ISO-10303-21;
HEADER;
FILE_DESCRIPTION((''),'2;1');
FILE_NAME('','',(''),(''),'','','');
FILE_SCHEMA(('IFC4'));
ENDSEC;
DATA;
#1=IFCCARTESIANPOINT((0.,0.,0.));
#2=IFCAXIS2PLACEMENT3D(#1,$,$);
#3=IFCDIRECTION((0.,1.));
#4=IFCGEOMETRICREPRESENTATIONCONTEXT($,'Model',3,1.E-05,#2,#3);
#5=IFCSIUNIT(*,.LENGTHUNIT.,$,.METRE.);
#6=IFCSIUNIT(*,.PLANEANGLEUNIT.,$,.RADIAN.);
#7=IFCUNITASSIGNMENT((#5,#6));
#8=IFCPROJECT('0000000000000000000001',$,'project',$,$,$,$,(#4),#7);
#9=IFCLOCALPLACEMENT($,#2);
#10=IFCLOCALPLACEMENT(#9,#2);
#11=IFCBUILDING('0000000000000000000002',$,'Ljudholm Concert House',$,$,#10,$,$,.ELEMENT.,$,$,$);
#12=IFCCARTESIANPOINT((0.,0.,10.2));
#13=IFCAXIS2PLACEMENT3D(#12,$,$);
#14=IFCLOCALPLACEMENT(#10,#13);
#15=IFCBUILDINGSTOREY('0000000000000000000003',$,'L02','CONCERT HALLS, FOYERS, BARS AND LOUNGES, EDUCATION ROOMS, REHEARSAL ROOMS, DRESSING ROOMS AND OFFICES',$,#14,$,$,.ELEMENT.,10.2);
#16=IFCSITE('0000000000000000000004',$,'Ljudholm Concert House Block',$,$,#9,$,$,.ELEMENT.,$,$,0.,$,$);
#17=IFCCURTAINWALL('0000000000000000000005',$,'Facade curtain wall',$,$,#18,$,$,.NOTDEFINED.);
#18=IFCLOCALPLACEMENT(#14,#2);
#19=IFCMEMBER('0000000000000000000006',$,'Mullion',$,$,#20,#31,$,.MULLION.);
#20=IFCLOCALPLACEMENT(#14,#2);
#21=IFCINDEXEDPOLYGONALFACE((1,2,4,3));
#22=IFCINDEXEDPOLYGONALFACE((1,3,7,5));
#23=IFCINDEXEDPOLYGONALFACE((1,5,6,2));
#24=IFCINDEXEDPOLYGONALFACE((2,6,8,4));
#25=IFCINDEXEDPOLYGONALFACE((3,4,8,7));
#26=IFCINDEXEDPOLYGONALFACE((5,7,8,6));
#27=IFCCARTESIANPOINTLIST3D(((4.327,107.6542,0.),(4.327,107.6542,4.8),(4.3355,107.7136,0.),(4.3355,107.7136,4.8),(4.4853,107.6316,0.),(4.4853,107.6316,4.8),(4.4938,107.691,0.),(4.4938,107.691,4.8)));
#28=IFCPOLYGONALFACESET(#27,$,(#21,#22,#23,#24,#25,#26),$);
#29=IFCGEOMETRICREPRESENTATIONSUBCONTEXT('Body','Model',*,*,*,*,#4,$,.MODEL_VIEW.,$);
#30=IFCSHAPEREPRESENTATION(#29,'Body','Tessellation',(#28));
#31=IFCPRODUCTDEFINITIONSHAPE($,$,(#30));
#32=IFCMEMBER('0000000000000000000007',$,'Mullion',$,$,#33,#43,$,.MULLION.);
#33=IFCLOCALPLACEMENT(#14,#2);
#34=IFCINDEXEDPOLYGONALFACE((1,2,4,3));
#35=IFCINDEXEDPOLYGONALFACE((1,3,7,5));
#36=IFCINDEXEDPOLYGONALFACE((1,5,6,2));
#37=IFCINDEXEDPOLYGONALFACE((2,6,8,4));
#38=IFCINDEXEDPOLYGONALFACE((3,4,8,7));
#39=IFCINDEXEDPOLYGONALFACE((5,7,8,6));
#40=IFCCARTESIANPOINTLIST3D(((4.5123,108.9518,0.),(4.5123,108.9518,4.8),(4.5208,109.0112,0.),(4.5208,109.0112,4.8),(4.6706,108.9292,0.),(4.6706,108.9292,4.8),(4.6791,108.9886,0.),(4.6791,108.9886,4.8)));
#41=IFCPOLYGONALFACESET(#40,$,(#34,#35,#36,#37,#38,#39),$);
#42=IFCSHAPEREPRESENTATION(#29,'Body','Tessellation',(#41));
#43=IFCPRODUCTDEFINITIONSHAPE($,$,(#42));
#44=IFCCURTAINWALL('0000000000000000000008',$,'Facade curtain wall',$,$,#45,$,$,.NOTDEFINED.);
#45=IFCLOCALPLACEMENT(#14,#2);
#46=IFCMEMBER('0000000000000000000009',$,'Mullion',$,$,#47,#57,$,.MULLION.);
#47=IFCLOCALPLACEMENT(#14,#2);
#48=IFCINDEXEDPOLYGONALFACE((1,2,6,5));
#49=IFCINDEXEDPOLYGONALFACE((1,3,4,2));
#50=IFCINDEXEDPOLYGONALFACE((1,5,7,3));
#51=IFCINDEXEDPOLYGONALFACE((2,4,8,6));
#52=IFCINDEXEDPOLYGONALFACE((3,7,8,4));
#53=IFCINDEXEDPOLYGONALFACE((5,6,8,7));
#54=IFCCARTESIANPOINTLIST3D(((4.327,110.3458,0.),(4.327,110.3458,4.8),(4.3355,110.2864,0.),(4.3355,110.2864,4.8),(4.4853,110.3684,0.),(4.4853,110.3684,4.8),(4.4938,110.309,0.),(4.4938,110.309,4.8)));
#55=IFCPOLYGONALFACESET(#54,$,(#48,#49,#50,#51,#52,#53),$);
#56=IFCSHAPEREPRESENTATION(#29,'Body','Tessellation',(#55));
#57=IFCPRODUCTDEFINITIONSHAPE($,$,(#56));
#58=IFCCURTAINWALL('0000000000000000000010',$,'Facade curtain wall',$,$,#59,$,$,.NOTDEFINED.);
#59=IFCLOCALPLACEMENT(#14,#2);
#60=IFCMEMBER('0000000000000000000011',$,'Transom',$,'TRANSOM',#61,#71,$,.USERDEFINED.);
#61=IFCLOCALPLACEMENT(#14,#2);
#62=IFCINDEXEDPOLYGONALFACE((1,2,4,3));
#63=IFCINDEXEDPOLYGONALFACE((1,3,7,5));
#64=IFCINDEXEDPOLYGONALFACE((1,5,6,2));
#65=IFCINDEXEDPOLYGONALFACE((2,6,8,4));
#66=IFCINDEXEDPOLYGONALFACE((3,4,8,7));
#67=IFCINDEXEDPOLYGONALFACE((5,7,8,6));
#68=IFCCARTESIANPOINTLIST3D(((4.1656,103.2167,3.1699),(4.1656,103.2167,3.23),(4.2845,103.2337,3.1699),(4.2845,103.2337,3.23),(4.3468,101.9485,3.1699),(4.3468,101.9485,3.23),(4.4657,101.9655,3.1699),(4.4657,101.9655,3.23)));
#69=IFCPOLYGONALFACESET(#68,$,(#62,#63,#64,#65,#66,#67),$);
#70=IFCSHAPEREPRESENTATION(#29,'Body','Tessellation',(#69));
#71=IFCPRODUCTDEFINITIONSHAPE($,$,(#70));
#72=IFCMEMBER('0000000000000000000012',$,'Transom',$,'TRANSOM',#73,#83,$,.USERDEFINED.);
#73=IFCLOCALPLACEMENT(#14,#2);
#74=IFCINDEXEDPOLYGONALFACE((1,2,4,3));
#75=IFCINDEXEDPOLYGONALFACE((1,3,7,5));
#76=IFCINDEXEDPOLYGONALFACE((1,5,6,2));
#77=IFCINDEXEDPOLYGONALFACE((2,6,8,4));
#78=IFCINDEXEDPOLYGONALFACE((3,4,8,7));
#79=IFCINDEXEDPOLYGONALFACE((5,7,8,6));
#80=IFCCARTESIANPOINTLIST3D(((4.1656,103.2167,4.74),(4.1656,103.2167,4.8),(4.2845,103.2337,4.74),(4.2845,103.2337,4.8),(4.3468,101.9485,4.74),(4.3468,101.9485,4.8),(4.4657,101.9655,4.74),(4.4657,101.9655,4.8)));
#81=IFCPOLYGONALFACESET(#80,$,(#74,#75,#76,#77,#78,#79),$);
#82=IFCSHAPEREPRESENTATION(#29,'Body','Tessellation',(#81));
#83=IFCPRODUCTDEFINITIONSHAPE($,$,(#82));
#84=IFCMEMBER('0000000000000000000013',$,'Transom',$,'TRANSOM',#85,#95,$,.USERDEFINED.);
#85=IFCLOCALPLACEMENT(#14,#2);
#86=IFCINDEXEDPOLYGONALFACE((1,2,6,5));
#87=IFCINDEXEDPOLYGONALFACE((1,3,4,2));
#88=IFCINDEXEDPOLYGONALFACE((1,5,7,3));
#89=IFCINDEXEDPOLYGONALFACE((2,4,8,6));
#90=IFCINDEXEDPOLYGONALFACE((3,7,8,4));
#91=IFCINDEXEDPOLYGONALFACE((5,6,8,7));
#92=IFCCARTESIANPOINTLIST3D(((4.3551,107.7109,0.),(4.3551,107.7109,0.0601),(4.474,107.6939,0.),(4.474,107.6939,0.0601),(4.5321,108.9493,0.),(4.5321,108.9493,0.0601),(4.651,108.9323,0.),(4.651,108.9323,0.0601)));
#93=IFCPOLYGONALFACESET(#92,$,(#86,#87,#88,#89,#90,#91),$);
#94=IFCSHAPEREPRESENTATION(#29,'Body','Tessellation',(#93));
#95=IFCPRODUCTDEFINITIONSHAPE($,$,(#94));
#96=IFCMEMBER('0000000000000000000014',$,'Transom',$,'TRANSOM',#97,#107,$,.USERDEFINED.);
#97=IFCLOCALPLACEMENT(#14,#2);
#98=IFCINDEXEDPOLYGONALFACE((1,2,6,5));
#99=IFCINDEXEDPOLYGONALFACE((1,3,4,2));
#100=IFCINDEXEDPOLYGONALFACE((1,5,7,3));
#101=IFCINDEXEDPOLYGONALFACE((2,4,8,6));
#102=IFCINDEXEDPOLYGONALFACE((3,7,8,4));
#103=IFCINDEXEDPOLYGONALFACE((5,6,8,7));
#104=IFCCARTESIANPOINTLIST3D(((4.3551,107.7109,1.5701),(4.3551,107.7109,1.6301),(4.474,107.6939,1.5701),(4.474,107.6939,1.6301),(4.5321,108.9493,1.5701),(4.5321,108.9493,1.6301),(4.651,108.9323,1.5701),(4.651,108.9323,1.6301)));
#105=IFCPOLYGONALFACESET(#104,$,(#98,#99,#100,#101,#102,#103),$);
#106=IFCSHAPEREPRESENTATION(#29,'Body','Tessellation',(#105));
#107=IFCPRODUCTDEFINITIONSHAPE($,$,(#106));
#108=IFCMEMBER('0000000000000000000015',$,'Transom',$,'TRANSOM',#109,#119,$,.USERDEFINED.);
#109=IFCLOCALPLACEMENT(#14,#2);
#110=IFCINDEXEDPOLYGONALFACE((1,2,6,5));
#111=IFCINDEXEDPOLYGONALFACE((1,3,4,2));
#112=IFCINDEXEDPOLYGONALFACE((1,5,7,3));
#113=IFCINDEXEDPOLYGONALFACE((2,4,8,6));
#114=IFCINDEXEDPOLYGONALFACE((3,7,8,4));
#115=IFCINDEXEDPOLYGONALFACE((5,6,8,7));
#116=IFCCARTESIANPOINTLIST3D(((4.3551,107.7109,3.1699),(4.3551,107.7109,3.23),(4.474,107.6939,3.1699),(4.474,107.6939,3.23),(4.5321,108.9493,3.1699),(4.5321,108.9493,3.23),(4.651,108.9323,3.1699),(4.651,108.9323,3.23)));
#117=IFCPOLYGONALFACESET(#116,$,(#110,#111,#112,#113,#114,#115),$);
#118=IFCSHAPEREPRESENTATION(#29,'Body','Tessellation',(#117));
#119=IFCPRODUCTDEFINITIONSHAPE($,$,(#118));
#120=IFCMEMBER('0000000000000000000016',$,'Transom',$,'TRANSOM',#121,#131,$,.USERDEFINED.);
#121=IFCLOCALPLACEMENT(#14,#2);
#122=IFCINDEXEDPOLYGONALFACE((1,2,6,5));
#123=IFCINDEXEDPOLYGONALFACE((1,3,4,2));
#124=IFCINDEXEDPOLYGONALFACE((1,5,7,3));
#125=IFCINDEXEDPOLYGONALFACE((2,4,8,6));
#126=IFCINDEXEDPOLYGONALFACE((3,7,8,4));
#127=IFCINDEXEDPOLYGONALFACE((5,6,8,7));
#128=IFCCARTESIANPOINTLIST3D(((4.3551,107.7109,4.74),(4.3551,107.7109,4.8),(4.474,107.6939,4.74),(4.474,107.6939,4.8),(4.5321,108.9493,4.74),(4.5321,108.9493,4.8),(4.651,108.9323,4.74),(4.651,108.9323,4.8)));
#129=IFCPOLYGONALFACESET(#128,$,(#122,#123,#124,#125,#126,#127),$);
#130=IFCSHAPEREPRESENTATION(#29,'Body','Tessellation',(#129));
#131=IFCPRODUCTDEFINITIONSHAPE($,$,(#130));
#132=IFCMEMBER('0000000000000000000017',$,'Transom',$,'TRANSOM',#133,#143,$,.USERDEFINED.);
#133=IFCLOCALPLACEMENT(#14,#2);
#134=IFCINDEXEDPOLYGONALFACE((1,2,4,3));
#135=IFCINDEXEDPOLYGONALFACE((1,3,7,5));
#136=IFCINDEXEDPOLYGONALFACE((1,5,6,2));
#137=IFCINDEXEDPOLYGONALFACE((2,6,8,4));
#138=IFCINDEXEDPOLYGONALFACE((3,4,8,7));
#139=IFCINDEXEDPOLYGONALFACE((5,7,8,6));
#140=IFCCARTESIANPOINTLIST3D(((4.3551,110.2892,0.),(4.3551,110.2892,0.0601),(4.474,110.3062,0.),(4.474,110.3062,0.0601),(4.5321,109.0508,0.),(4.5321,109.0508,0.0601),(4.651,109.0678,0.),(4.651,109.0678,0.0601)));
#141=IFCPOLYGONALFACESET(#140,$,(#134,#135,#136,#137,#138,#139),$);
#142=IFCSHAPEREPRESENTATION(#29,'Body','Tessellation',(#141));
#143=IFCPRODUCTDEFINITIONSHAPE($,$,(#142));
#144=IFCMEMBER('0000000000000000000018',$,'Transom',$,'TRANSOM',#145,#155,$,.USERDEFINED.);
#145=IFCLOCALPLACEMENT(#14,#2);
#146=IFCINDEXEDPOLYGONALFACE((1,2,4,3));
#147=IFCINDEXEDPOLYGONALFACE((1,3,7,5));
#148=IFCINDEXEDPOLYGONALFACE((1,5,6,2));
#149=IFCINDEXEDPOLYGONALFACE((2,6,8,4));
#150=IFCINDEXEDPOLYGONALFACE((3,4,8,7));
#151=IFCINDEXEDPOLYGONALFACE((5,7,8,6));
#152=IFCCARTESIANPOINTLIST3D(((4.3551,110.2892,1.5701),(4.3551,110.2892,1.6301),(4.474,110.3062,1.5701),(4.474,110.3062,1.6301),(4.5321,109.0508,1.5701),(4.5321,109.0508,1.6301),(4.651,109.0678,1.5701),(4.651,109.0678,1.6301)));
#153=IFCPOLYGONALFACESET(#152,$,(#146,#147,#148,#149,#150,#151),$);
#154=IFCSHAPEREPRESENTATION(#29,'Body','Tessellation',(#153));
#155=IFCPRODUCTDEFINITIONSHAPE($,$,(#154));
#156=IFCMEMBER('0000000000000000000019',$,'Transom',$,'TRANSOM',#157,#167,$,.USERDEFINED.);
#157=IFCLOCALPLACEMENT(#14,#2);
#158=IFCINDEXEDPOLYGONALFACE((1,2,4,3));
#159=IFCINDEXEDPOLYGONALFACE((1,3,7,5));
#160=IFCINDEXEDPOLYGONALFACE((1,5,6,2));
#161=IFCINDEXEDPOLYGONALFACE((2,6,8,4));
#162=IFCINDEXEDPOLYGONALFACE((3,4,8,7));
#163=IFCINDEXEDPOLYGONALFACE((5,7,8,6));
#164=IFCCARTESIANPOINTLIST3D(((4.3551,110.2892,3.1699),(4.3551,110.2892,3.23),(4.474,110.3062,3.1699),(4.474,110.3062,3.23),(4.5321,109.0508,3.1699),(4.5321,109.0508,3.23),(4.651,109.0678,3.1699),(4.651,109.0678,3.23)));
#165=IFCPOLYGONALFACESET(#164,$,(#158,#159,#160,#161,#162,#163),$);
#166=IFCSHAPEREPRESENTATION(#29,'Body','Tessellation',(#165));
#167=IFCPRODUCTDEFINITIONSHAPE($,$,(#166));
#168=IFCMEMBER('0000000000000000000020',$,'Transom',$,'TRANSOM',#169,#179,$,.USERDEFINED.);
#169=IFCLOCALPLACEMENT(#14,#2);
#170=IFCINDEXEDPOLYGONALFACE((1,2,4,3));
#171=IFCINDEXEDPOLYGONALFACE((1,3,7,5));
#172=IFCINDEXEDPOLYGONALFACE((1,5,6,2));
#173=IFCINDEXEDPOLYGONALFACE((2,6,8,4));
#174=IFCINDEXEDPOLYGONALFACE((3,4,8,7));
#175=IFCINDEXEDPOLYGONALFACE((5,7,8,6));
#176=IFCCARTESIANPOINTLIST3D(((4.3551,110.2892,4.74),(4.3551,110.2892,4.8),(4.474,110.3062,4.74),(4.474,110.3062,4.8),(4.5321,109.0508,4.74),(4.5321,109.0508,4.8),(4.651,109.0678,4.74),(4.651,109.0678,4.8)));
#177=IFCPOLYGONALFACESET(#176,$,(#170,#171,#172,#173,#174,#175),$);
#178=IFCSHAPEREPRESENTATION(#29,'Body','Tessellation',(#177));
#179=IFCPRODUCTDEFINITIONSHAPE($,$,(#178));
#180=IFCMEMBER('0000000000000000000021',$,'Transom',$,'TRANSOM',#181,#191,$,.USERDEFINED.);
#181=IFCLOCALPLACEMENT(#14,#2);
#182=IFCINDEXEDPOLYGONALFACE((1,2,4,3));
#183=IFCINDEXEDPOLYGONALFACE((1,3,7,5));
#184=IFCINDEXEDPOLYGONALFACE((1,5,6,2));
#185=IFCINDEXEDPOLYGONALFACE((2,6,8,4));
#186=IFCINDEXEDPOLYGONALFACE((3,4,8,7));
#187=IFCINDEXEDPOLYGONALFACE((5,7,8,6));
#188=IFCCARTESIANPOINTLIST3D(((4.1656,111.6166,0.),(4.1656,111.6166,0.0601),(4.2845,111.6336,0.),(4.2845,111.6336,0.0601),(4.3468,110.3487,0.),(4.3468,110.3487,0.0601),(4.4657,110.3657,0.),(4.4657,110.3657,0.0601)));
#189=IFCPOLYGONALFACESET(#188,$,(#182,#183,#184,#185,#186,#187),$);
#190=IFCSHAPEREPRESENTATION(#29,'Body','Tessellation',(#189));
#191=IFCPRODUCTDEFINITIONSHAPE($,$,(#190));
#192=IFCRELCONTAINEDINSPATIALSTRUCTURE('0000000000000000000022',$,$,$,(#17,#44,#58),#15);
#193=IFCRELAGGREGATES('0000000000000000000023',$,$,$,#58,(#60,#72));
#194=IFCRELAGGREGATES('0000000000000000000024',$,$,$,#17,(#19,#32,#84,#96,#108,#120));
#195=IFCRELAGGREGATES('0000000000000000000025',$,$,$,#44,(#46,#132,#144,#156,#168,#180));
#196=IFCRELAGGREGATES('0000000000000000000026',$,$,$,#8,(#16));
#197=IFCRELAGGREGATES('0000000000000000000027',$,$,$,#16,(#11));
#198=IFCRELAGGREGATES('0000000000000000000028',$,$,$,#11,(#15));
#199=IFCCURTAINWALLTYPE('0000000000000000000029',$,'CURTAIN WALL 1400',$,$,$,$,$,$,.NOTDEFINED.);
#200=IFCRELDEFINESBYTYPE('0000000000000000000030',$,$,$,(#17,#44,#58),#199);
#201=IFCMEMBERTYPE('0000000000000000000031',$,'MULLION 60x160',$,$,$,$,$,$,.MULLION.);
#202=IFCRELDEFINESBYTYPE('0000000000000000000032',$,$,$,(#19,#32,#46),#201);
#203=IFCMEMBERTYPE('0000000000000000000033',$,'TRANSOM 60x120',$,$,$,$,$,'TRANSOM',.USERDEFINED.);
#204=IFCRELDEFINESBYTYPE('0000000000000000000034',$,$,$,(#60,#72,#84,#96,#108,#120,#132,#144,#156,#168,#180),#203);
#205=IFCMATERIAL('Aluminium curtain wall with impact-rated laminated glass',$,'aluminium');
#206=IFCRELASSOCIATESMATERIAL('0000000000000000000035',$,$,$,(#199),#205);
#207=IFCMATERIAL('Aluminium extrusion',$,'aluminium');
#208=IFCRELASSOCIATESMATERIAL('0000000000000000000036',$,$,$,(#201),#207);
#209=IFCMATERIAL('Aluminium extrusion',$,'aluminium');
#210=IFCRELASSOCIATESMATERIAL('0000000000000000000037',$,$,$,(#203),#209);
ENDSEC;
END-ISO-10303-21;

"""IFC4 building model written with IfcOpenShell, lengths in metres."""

from ifc_helpers import new_model, si_unit, direction, frame, origin, origin_2d, place, context, subcontext, project, spatial, rectangle, extrude, material, material_profile, profile_set, type_object, element, aggregate, save


model = new_model("IFC4")

# Units and contexts
model_context = context("Model", 3, precision=1e-05, world=origin(), true_north=direction((0.0, 1.0)))
body_context = subcontext(model_context, "Body", "Model", "MODEL_VIEW")
ifc_project = project(units=[si_unit("LENGTHUNIT", "METRE"), si_unit("PLANEANGLEUNIT", "RADIAN")], contexts=[model_context])

# Site, building, storey
site_placement = place(None, origin())
site = spatial("IfcSite", under=ifc_project, at=site_placement, Name="Ljudholm Concert House Block", CompositionType="ELEMENT", RefElevation=0.0)
building_placement = place(site_placement, origin())
building = spatial("IfcBuilding", under=site, at=building_placement, Name="Ljudholm Concert House", CompositionType="ELEMENT")
storey_placement = place(building_placement, frame((0.0, 0.0, 10.2)))
storey = spatial("IfcBuildingStorey", under=building, at=storey_placement, Name="L02", Description="CONCERT HALLS, FOYERS, BARS AND LOUNGES, EDUCATION ROOMS, REHEARSAL ROOMS, DRESSING ROOMS AND OFFICES", CompositionType="ELEMENT", Elevation=10.2)

# Curtain wall, members
ifc_material_1 = material(Name="Aluminium curtain wall with impact-rated laminated glass", Category="aluminium")
curtain_wall_type = type_object("IfcCurtainWallType", Name="CURTAIN WALL 1400", PredefinedType="NOTDEFINED", material=ifc_material_1)
curtain_wall_1_placement = place(storey_placement, origin())
curtain_wall_1 = element("IfcCurtainWall", 1, at=curtain_wall_1_placement, inside=storey, type_object=curtain_wall_type, Name="Facade curtain wall", PredefinedType="NOTDEFINED")
ifc_material_2 = material(Name="Aluminium extrusion", Category="aluminium")
ifc_material_profile_1 = material_profile(ifc_material_2, rectangle(XDim=0.1599, YDim=0.0601, at=origin_2d()), Name="MULLION 60x160")
ifc_profile_set_1 = profile_set([ifc_material_profile_1], Name="Aluminium extrusion")
member_type_1 = type_object("IfcMemberType", Name="MULLION 60x160", PredefinedType="MULLION", material=ifc_profile_set_1)
member_1_placement = place(storey_placement, frame((4.4104, 107.6726, 0.0), z_axis=(0.0, 0.0, 1.0), x_axis=(-0.989949, 0.141421, 0.0)))
member_1 = element("IfcMember", 2, at=member_1_placement, type_object=member_type_1, Name="Mullion", PredefinedType="MULLION", context=body_context, shape_type="SweptSolid", body=[
    extrude(rectangle(XDim=0.1599, YDim=0.0601, at=origin_2d()), origin(), (0.0, 0.0, 1.0), 4.8),
])
member_2_placement = place(storey_placement, frame((4.5957, 108.9702, 0.0), z_axis=(0.0, 0.0, 1.0), x_axis=(-0.989949, 0.141421, 0.0)))
member_2 = element("IfcMember", 3, at=member_2_placement, type_object=member_type_1, Name="Mullion", PredefinedType="MULLION", context=body_context, shape_type="SweptSolid", body=[
    extrude(rectangle(XDim=0.1599, YDim=0.0601, at=origin_2d()), origin(), (0.0, 0.0, 1.0), 4.8),
])

# Curtain wall, member
curtain_wall_2_placement = place(storey_placement, origin())
curtain_wall_2 = element("IfcCurtainWall", 4, at=curtain_wall_2_placement, inside=storey, type_object=curtain_wall_type, Name="Facade curtain wall", PredefinedType="NOTDEFINED")
member_3_placement = place(storey_placement, frame((4.4104, 110.3274, 0.0), z_axis=(0.0, 0.0, 1.0), x_axis=(-0.989949, -0.141421, 0.0)))
member_3 = element("IfcMember", 5, at=member_3_placement, type_object=member_type_1, Name="Mullion", PredefinedType="MULLION", context=body_context, shape_type="SweptSolid", body=[
    extrude(rectangle(XDim=0.1599, YDim=0.0601, at=origin_2d()), origin(), (0.0, 0.0, 1.0), 4.8),
])

# Curtain wall, members
curtain_wall_3_placement = place(storey_placement, origin())
curtain_wall_3 = element("IfcCurtainWall", 6, at=curtain_wall_3_placement, inside=storey, type_object=curtain_wall_type, Name="Facade curtain wall", PredefinedType="NOTDEFINED")
ifc_material_3 = material(Name="Aluminium extrusion", Category="aluminium")
ifc_material_profile_2 = material_profile(ifc_material_3, rectangle(XDim=0.1201, YDim=0.0601, at=origin_2d()), Name="TRANSOM 60x120")
ifc_profile_set_2 = profile_set([ifc_material_profile_2], Name="Aluminium extrusion")
member_type_2 = type_object("IfcMemberType", Name="TRANSOM 60x120", ElementType="TRANSOM", PredefinedType="USERDEFINED", material=ifc_profile_set_2)
member_4_placement = place(storey_placement, frame((4.4062, 101.957, 3.2), z_axis=(-0.141421, 0.989949, 0.0), x_axis=(-0.989949, -0.141421, 0.0)))
member_4 = element("IfcMember", 7, at=member_4_placement, type_object=member_type_2, Name="Transom", ObjectType="TRANSOM", PredefinedType="USERDEFINED", context=body_context, shape_type="SweptSolid", body=[
    extrude(rectangle(XDim=0.1201, YDim=0.0601, at=origin_2d()), origin(), (0.0, 0.0, 1.0), 1.281),
])
member_5_placement = place(storey_placement, frame((4.4062, 101.957, 4.77), z_axis=(-0.141421, 0.989949, 0.0), x_axis=(-0.989949, -0.141421, 0.0)))
member_5 = element("IfcMember", 8, at=member_5_placement, type_object=member_type_2, Name="Transom", ObjectType="TRANSOM", PredefinedType="USERDEFINED", context=body_context, shape_type="SweptSolid", body=[
    extrude(rectangle(XDim=0.1201, YDim=0.0601, at=origin_2d()), origin(), (0.0, 0.0, 1.0), 1.281),
])
aggregate(curtain_wall_3, [member_4, member_5])

# Members
member_6_placement = place(storey_placement, frame((4.4146, 107.7024, 0.03), z_axis=(0.141503, 0.989938, 0.0), x_axis=(-0.989938, 0.141503, 0.0)))
member_6 = element("IfcMember", 9, at=member_6_placement, type_object=member_type_2, Name="Transom", ObjectType="TRANSOM", PredefinedType="USERDEFINED", context=body_context, shape_type="SweptSolid", body=[
    extrude(rectangle(XDim=0.1201, YDim=0.0601, at=origin_2d()), origin(), (0.0, 0.0, 1.0), 1.251),
])
member_7_placement = place(storey_placement, frame((4.4146, 107.7024, 1.6001), z_axis=(0.141503, 0.989938, 0.0), x_axis=(-0.989938, 0.141503, 0.0)))
member_7 = element("IfcMember", 10, at=member_7_placement, type_object=member_type_2, Name="Transom", ObjectType="TRANSOM", PredefinedType="USERDEFINED", context=body_context, shape_type="SweptSolid", body=[
    extrude(rectangle(XDim=0.1201, YDim=0.0601, at=origin_2d()), origin(), (0.0, 0.0, 1.0), 1.251),
])
member_8_placement = place(storey_placement, frame((4.4146, 107.7024, 3.2), z_axis=(0.141503, 0.989938, 0.0), x_axis=(-0.989938, 0.141503, 0.0)))
member_8 = element("IfcMember", 11, at=member_8_placement, type_object=member_type_2, Name="Transom", ObjectType="TRANSOM", PredefinedType="USERDEFINED", context=body_context, shape_type="SweptSolid", body=[
    extrude(rectangle(XDim=0.1201, YDim=0.0601, at=origin_2d()), origin(), (0.0, 0.0, 1.0), 1.251),
])
member_9_placement = place(storey_placement, frame((4.4146, 107.7024, 4.77), z_axis=(0.141503, 0.989938, 0.0), x_axis=(-0.989938, 0.141503, 0.0)))
member_9 = element("IfcMember", 12, at=member_9_placement, type_object=member_type_2, Name="Transom", ObjectType="TRANSOM", PredefinedType="USERDEFINED", context=body_context, shape_type="SweptSolid", body=[
    extrude(rectangle(XDim=0.1201, YDim=0.0601, at=origin_2d()), origin(), (0.0, 0.0, 1.0), 1.251),
])
member_10_placement = place(storey_placement, frame((4.5916, 109.0593, 0.03), z_axis=(-0.141503, 0.989938, 0.0), x_axis=(-0.989938, -0.141503, 0.0)))
member_10 = element("IfcMember", 13, at=member_10_placement, type_object=member_type_2, Name="Transom", ObjectType="TRANSOM", PredefinedType="USERDEFINED", context=body_context, shape_type="SweptSolid", body=[
    extrude(rectangle(XDim=0.1201, YDim=0.0601, at=origin_2d()), origin(), (0.0, 0.0, 1.0), 1.251),
])
member_11_placement = place(storey_placement, frame((4.5916, 109.0593, 1.6001), z_axis=(-0.141503, 0.989938, 0.0), x_axis=(-0.989938, -0.141503, 0.0)))
member_11 = element("IfcMember", 14, at=member_11_placement, type_object=member_type_2, Name="Transom", ObjectType="TRANSOM", PredefinedType="USERDEFINED", context=body_context, shape_type="SweptSolid", body=[
    extrude(rectangle(XDim=0.1201, YDim=0.0601, at=origin_2d()), origin(), (0.0, 0.0, 1.0), 1.251),
])
member_12_placement = place(storey_placement, frame((4.5916, 109.0593, 3.2), z_axis=(-0.141503, 0.989938, 0.0), x_axis=(-0.989938, -0.141503, 0.0)))
member_12 = element("IfcMember", 15, at=member_12_placement, type_object=member_type_2, Name="Transom", ObjectType="TRANSOM", PredefinedType="USERDEFINED", context=body_context, shape_type="SweptSolid", body=[
    extrude(rectangle(XDim=0.1201, YDim=0.0601, at=origin_2d()), origin(), (0.0, 0.0, 1.0), 1.251),
])
member_13_placement = place(storey_placement, frame((4.5916, 109.0593, 4.77), z_axis=(-0.141503, 0.989938, 0.0), x_axis=(-0.989938, -0.141503, 0.0)))
member_13 = element("IfcMember", 16, at=member_13_placement, type_object=member_type_2, Name="Transom", ObjectType="TRANSOM", PredefinedType="USERDEFINED", context=body_context, shape_type="SweptSolid", body=[
    extrude(rectangle(XDim=0.1201, YDim=0.0601, at=origin_2d()), origin(), (0.0, 0.0, 1.0), 1.251),
])
member_14_placement = place(storey_placement, frame((4.4062, 110.3572, 0.03), z_axis=(-0.141448, 0.989946, 0.0), x_axis=(-0.989946, -0.141448, 0.0)))
member_14 = element("IfcMember", 17, at=member_14_placement, type_object=member_type_2, Name="Transom", ObjectType="TRANSOM", PredefinedType="USERDEFINED", context=body_context, shape_type="SweptSolid", body=[
    extrude(rectangle(XDim=0.1201, YDim=0.0601, at=origin_2d()), origin(), (0.0, 0.0, 1.0), 1.2808),
])

aggregate(curtain_wall_1, [member_1, member_2, member_6, member_7, member_8, member_9])
aggregate(curtain_wall_2, [member_3, member_10, member_11, member_12, member_13, member_14])

save(model, "model.ifc")
